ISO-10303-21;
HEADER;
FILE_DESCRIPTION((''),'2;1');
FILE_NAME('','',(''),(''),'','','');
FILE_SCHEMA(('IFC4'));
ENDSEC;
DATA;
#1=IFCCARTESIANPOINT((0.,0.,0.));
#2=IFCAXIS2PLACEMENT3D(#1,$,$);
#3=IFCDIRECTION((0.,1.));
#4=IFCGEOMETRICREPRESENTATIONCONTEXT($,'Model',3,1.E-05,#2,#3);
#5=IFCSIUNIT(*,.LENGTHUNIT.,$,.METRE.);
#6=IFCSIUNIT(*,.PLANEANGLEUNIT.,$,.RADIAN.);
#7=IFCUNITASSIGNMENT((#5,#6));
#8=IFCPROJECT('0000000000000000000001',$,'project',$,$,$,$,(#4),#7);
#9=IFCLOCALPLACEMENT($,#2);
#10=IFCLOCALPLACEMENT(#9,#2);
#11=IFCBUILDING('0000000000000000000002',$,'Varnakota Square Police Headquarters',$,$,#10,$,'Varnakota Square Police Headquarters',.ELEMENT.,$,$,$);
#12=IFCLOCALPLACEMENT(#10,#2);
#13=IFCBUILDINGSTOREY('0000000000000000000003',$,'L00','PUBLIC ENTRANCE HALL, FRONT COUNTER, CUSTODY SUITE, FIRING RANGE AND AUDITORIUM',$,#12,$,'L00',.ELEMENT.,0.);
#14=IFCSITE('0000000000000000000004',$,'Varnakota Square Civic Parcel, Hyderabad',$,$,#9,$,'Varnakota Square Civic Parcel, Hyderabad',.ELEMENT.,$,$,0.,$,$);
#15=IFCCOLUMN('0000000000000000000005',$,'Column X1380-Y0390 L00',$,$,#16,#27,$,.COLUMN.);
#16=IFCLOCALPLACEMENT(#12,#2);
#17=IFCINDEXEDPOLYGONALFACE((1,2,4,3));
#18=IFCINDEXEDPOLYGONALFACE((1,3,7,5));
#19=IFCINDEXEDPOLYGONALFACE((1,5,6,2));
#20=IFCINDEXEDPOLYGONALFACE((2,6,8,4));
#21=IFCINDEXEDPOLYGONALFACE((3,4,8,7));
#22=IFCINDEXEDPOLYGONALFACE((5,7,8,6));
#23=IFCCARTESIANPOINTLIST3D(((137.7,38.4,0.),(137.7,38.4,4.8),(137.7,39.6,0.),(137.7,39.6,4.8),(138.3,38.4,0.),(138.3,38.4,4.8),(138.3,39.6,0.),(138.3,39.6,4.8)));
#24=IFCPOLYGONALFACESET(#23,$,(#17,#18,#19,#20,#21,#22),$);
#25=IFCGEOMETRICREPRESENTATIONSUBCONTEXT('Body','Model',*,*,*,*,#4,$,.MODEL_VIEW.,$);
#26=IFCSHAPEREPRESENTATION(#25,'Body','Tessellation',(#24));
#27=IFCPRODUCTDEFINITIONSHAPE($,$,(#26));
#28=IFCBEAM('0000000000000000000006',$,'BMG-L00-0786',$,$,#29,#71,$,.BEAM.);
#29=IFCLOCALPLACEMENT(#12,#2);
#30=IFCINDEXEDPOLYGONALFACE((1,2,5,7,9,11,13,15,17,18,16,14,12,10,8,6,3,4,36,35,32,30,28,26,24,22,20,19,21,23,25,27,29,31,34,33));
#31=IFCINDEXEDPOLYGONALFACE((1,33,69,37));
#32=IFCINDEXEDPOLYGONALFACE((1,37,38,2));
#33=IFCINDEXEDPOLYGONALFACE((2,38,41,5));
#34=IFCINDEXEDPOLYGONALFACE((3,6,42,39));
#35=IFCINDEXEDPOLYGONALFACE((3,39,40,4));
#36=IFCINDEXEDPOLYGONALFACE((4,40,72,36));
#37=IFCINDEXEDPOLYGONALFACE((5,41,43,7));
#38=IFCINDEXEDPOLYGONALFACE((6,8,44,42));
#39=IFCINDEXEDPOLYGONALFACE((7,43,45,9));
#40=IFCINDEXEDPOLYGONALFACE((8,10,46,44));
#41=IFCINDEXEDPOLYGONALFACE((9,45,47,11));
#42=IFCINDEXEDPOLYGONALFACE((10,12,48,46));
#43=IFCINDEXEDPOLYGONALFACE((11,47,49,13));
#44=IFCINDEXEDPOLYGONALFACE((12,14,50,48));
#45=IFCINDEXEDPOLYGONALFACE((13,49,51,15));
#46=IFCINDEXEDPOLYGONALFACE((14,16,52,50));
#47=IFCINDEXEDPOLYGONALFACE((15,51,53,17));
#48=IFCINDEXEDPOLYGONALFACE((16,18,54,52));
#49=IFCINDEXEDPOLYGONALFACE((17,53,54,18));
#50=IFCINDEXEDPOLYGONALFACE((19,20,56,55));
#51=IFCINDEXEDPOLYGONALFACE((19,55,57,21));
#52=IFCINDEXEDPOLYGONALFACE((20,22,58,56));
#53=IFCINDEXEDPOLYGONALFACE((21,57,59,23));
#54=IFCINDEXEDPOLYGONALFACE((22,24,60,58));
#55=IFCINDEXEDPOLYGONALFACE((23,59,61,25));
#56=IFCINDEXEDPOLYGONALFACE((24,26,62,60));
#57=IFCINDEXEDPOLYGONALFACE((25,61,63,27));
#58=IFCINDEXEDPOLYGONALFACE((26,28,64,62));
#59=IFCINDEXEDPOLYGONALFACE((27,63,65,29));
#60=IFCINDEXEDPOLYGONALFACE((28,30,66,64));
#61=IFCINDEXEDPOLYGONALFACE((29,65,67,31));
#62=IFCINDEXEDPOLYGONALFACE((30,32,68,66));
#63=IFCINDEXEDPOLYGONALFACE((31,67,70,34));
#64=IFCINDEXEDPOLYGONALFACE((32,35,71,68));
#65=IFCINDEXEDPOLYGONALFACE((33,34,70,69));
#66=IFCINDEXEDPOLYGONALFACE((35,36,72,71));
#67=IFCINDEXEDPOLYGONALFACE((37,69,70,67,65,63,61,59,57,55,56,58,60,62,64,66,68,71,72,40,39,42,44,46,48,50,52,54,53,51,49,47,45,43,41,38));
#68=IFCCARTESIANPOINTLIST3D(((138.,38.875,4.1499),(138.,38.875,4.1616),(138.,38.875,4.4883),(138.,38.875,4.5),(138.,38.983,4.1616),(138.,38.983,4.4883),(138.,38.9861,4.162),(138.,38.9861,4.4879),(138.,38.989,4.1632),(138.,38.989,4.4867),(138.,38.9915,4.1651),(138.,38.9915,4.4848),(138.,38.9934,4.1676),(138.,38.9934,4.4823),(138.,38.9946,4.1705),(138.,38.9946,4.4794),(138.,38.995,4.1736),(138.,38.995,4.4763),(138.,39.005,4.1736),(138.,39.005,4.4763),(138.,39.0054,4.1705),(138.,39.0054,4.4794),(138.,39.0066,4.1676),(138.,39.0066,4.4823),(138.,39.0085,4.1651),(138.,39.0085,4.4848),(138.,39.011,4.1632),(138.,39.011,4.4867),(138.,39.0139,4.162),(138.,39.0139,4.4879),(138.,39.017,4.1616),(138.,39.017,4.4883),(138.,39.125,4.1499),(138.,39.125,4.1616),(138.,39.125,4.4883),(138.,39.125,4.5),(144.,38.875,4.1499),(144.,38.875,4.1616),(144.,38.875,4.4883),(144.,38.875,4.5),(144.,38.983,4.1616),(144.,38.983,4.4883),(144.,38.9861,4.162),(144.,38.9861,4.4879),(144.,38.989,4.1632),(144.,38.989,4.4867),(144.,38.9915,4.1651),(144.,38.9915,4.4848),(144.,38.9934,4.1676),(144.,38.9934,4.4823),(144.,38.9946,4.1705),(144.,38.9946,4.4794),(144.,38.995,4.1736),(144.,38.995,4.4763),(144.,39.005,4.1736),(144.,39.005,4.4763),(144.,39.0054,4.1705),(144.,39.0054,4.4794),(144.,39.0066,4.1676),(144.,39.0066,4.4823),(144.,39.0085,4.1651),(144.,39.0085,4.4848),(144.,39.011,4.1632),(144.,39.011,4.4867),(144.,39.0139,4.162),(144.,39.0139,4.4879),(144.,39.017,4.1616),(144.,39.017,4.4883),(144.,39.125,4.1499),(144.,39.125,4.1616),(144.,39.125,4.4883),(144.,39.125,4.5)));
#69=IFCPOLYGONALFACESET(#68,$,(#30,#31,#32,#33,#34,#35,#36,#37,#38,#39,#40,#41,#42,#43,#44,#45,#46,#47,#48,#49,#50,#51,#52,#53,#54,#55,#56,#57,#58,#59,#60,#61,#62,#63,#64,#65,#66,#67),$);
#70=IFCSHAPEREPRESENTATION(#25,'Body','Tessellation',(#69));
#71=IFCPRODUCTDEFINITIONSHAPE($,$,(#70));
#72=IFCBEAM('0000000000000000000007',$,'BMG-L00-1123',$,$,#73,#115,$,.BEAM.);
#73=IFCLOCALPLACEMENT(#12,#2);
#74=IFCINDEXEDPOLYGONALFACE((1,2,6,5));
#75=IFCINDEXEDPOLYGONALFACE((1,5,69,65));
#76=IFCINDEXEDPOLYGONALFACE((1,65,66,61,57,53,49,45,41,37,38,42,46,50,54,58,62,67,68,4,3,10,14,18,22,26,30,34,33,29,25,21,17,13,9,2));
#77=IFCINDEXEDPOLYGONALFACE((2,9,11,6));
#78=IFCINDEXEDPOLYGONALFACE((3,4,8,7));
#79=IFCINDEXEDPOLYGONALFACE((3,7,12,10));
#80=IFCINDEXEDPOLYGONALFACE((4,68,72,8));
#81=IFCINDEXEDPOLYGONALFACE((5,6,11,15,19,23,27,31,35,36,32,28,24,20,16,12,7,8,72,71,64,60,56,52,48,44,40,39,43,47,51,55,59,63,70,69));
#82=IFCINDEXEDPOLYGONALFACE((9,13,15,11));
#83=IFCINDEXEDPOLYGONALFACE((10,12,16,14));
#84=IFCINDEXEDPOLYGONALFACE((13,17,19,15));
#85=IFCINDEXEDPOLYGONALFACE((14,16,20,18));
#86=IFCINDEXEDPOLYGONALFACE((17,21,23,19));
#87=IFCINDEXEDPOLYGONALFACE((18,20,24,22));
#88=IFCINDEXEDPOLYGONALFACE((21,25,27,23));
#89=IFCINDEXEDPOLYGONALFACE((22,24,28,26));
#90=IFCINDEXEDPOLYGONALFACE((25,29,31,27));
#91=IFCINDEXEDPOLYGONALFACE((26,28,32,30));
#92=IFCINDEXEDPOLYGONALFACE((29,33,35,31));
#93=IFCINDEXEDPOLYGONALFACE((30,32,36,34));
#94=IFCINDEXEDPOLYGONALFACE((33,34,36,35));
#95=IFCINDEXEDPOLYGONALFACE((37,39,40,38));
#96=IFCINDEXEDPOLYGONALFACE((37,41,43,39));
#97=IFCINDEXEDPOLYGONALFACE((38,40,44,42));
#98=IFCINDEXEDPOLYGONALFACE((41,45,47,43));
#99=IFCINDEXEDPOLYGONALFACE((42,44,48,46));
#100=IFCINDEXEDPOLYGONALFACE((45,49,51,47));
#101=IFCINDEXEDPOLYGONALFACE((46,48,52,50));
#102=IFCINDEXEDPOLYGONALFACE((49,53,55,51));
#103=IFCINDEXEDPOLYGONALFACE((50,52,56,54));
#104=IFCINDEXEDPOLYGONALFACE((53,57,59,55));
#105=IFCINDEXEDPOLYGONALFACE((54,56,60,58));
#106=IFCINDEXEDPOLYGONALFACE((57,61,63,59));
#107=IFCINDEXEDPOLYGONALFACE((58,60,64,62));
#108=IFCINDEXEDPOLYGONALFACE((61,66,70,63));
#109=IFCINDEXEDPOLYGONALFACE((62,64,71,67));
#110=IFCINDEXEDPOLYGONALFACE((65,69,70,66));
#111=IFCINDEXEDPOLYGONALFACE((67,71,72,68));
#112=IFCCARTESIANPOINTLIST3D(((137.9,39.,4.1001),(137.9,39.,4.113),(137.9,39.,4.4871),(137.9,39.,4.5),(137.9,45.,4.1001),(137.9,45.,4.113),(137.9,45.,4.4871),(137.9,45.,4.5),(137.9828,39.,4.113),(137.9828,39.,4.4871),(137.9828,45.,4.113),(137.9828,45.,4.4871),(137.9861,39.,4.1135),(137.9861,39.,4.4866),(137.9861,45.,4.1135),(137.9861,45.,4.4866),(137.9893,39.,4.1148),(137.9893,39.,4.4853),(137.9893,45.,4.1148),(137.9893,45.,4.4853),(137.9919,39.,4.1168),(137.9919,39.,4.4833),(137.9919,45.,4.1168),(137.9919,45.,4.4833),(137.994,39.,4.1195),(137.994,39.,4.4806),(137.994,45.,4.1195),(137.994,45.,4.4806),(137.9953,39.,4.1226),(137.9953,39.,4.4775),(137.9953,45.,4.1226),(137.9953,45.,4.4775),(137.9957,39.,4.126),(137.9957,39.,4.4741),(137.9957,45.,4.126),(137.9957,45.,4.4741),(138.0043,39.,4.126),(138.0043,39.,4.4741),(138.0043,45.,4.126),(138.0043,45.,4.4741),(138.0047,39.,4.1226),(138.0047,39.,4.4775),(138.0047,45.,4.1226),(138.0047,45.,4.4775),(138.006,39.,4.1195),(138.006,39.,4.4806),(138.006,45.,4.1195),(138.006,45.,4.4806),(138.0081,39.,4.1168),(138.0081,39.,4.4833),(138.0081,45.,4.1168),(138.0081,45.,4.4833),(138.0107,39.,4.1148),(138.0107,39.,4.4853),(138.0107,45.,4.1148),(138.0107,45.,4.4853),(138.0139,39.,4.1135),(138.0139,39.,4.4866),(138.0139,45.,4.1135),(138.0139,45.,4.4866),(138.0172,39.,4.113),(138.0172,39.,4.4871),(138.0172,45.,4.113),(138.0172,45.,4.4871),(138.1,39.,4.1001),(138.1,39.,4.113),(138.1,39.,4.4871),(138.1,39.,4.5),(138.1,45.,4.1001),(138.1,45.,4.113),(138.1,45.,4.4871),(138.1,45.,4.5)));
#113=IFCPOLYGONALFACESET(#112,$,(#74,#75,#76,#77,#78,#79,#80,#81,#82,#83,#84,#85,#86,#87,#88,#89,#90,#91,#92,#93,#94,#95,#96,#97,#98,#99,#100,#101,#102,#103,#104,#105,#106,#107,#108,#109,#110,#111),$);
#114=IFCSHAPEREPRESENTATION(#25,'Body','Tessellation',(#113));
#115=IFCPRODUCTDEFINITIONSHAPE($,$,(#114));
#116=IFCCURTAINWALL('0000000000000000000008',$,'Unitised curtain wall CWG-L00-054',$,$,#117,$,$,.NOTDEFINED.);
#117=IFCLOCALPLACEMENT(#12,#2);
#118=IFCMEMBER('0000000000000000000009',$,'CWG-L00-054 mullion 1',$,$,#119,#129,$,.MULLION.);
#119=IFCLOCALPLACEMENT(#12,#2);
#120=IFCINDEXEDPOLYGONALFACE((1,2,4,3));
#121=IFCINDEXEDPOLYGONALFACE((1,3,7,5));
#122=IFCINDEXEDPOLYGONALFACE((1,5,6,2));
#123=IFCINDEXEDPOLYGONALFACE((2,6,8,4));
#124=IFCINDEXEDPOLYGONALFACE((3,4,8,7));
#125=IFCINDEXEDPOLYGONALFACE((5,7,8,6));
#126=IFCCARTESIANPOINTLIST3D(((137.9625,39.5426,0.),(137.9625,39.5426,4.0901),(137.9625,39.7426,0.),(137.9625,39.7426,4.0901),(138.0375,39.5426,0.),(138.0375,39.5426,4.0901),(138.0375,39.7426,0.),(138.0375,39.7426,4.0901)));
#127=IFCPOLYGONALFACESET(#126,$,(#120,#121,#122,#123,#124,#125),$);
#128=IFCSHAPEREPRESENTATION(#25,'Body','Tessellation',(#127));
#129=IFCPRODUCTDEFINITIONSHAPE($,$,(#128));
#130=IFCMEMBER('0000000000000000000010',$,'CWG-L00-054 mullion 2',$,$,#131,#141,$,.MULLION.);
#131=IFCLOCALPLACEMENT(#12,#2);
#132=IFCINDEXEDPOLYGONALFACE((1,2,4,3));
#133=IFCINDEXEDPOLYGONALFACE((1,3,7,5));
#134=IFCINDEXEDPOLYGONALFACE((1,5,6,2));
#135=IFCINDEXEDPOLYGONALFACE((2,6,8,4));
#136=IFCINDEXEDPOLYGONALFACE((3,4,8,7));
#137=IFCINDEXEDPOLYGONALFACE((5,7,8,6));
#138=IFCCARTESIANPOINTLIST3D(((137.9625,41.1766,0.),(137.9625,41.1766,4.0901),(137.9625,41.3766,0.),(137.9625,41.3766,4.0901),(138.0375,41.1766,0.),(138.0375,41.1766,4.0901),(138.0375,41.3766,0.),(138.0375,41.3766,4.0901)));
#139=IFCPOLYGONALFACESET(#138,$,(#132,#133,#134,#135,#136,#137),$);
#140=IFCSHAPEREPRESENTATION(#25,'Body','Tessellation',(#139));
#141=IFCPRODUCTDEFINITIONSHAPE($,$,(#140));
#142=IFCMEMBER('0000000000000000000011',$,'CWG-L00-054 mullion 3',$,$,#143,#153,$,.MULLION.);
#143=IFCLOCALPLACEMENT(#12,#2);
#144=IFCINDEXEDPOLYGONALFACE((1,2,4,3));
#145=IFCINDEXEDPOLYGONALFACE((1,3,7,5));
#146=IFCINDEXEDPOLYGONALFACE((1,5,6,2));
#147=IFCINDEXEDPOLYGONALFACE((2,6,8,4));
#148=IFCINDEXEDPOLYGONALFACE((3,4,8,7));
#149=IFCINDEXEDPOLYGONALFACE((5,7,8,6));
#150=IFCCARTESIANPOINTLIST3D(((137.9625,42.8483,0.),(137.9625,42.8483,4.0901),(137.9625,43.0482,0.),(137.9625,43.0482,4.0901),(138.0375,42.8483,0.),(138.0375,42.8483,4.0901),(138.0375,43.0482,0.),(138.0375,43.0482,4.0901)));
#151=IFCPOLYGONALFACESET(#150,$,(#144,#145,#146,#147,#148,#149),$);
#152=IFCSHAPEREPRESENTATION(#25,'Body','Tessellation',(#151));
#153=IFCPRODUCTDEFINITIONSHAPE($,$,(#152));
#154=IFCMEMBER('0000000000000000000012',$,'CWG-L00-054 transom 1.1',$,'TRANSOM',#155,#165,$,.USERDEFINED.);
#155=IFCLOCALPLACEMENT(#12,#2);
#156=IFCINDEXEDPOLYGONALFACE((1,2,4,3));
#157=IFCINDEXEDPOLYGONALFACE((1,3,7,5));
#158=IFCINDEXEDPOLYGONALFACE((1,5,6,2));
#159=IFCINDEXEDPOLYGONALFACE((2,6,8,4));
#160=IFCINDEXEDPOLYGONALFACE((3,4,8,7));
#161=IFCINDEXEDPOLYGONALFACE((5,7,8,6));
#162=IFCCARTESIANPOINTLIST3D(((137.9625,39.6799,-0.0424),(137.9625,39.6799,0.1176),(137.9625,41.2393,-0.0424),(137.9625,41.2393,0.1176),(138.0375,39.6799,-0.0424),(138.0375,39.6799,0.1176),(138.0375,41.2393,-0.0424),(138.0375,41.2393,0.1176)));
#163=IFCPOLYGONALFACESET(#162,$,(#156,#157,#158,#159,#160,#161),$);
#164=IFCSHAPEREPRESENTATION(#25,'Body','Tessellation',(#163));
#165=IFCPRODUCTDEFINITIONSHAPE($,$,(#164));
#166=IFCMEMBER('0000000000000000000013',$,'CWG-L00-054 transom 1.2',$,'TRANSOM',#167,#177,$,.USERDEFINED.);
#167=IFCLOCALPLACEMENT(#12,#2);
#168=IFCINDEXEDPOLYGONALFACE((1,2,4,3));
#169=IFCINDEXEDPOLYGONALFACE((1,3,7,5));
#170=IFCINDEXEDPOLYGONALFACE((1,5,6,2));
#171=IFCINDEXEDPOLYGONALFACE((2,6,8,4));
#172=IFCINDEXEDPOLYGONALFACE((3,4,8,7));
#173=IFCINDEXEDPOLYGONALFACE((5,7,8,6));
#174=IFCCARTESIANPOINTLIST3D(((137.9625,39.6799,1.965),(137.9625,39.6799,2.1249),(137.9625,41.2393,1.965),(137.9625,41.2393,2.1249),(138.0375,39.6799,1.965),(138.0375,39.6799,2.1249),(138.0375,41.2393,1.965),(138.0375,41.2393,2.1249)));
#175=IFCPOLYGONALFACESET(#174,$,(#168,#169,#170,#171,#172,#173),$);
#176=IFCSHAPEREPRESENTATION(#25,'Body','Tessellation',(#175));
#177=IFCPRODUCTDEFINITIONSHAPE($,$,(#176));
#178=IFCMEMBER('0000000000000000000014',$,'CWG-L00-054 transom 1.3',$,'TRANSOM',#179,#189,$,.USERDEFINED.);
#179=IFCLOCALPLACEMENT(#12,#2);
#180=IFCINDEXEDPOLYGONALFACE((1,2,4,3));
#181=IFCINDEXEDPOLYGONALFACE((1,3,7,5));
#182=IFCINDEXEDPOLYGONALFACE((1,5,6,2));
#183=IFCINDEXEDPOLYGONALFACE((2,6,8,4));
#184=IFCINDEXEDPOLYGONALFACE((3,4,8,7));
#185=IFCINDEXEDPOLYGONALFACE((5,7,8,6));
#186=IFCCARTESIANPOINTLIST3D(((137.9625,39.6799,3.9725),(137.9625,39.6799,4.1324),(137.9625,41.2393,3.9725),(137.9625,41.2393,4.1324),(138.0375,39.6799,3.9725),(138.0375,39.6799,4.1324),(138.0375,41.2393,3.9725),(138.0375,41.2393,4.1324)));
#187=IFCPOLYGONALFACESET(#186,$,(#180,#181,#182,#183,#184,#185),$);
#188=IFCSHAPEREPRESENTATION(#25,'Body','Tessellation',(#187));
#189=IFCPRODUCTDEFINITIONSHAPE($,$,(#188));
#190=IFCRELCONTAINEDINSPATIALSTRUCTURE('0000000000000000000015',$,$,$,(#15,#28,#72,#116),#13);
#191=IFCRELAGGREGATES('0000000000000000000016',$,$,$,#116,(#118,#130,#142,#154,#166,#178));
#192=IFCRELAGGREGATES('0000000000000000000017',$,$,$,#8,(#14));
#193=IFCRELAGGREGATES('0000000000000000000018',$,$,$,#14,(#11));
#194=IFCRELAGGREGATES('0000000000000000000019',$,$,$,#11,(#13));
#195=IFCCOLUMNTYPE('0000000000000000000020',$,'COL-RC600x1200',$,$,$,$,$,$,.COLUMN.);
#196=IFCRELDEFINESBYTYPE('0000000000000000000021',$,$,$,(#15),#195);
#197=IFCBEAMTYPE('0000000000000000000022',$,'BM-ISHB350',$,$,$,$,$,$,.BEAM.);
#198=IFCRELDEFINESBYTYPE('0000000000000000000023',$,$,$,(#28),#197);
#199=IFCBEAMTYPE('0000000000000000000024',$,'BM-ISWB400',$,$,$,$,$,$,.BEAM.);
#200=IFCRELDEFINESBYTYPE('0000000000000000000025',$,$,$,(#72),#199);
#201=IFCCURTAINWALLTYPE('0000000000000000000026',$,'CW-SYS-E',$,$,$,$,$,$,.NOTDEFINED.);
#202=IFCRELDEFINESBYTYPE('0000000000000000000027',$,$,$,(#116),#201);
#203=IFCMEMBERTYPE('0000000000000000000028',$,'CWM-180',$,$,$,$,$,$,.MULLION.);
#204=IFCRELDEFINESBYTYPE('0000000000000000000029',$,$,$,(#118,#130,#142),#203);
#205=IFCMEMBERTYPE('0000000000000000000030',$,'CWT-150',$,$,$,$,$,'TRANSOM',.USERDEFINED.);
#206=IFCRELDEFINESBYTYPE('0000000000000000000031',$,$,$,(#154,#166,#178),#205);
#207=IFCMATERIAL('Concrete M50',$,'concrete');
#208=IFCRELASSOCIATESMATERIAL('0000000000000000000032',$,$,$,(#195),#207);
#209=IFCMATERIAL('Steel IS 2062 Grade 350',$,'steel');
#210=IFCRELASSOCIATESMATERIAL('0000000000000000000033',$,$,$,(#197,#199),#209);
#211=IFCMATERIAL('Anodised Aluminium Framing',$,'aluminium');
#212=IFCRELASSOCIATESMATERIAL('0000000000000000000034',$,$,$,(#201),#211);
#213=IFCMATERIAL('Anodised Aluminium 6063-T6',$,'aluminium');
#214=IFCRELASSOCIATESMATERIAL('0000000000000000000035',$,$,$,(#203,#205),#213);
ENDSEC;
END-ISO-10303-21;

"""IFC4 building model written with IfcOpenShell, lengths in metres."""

from ifc_helpers import new_model, si_unit, direction, frame, origin, origin_2d, place, context, subcontext, project, spatial, rectangle, i_section, extrude, material, material_profile, profile_set, type_object, element, aggregate, save


model = new_model("IFC4")

# Units and contexts
model_context = context("Model", 3, precision=1e-05, world=origin(), true_north=direction((0.0, 1.0)))
body_context = subcontext(model_context, "Body", "Model", "MODEL_VIEW")
ifc_project = project(units=[si_unit("LENGTHUNIT", "METRE"), si_unit("PLANEANGLEUNIT", "RADIAN")], contexts=[model_context])

# Site, building, storey
site_placement = place(None, origin())
site = spatial("IfcSite", under=ifc_project, at=site_placement, Name="Varnakota Square Civic Parcel, Hyderabad", LongName="Varnakota Square Civic Parcel, Hyderabad", CompositionType="ELEMENT", RefElevation=0.0)
building_placement = place(site_placement, origin())
building = spatial("IfcBuilding", under=site, at=building_placement, Name="Varnakota Square Police Headquarters", LongName="Varnakota Square Police Headquarters", CompositionType="ELEMENT")
storey_placement = place(building_placement, origin())
storey = spatial("IfcBuildingStorey", under=building, at=storey_placement, Name="L00", Description="PUBLIC ENTRANCE HALL, FRONT COUNTER, CUSTODY SUITE, FIRING RANGE AND AUDITORIUM", LongName="L00", CompositionType="ELEMENT", Elevation=0.0)

# Column
ifc_material_1 = material(Name="Concrete M50", Category="concrete")
ifc_material_profile_1 = material_profile(ifc_material_1, rectangle(XDim=0.6001, YDim=1.2, at=origin_2d()), Name="RC 600x1200")
ifc_profile_set_1 = profile_set([ifc_material_profile_1], Name="Concrete M50")
column_type = type_object("IfcColumnType", Name="COL-RC600x1200", PredefinedType="COLUMN", material=ifc_profile_set_1)
column_placement = place(storey_placement, frame((138.0, 39.0, 0.0), z_axis=(0.0, 0.0, 1.0), x_axis=(1.0, 0.0, 0.0)))
element("IfcColumn", 1, at=column_placement, inside=storey, type_object=column_type, Name="Column X1380-Y0390 L00", PredefinedType="COLUMN", context=body_context, shape_type="SweptSolid", body=[
    extrude(rectangle(XDim=0.6001, YDim=1.2, at=origin_2d()), origin(), (0.0, 0.0, 1.0), 4.8),
])

# Beams
ifc_material_2 = material(Name="Steel IS 2062 Grade 350", Category="steel")
ifc_material_profile_2 = material_profile(ifc_material_2, i_section(OverallWidth=0.25, OverallDepth=0.3501, WebThickness=0.01, FlangeThickness=0.0117, FilletRadius=0.012, at=origin_2d()), Name="ISHB 350")
ifc_profile_set_2 = profile_set([ifc_material_profile_2], Name="Steel IS 2062 Grade 350")
beam_type_1 = type_object("IfcBeamType", Name="BM-ISHB350", PredefinedType="BEAM", material=ifc_profile_set_2)
beam_1_placement = place(storey_placement, frame((138.0, 39.0, 4.325), z_axis=(1.0, 0.0, 0.0), x_axis=(0.0, 1.0, 0.0)))
element("IfcBeam", 2, at=beam_1_placement, inside=storey, type_object=beam_type_1, Name="BMG-L00-0786", PredefinedType="BEAM", context=body_context, shape_type="SweptSolid", body=[
    extrude(i_section(OverallWidth=0.25, OverallDepth=0.3501, WebThickness=0.01, FlangeThickness=0.0117, FilletRadius=0.012, at=origin_2d()), origin(), (0.0, 0.0, 1.0), 6.0),
])
ifc_material_profile_3 = material_profile(ifc_material_2, i_section(OverallWidth=0.2, OverallDepth=0.3999, WebThickness=0.0085, FlangeThickness=0.0129, FilletRadius=0.0129, at=origin_2d()), Name="ISWB 400")
ifc_profile_set_3 = profile_set([ifc_material_profile_3], Name="Steel IS 2062 Grade 350")
beam_type_2 = type_object("IfcBeamType", Name="BM-ISWB400", PredefinedType="BEAM", material=ifc_profile_set_3)
beam_2_placement = place(storey_placement, frame((138.0, 39.0, 4.3), z_axis=(0.0, 1.0, 0.0), x_axis=(-1.0, 0.0, 0.0)))
element("IfcBeam", 3, at=beam_2_placement, inside=storey, type_object=beam_type_2, Name="BMG-L00-1123", PredefinedType="BEAM", context=body_context, shape_type="SweptSolid", body=[
    extrude(i_section(OverallWidth=0.2, OverallDepth=0.3999, WebThickness=0.0085, FlangeThickness=0.0129, FilletRadius=0.0129, at=origin_2d()), origin(), (0.0, 0.0, 1.0), 6.0),
])

# Curtain wall, members
ifc_material_3 = material(Name="Anodised Aluminium Framing", Category="aluminium")
curtain_wall_type = type_object("IfcCurtainWallType", Name="CW-SYS-E", PredefinedType="NOTDEFINED", material=ifc_material_3)
curtain_wall_placement = place(storey_placement, origin())
curtain_wall = element("IfcCurtainWall", 4, at=curtain_wall_placement, inside=storey, type_object=curtain_wall_type, Name="Unitised curtain wall CWG-L00-054", PredefinedType="NOTDEFINED")
ifc_material_4 = material(Name="Anodised Aluminium 6063-T6", Category="aluminium")
ifc_material_profile_4 = material_profile(ifc_material_4, rectangle(XDim=0.075, YDim=0.2, at=origin_2d()), Name="ALU MULLION 75x200")
ifc_profile_set_4 = profile_set([ifc_material_profile_4], Name="Anodised Aluminium 6063-T6")
member_type_1 = type_object("IfcMemberType", Name="CWM-180", PredefinedType="MULLION", material=ifc_profile_set_4)
member_1_placement = place(storey_placement, frame((138.0, 39.6426, 0.0), z_axis=(0.0, 0.0, 1.0), x_axis=(-1.0, 0.0, 0.0)))
member_1 = element("IfcMember", 5, at=member_1_placement, type_object=member_type_1, Name="CWG-L00-054 mullion 1", PredefinedType="MULLION", context=body_context, shape_type="SweptSolid", body=[
    extrude(rectangle(XDim=0.075, YDim=0.2, at=origin_2d()), origin(), (0.0, 0.0, 1.0), 4.0901),
])
member_2_placement = place(storey_placement, frame((138.0, 41.2766, 0.0), z_axis=(0.0, 0.0, 1.0), x_axis=(-1.0, 0.0, 0.0)))
member_2 = element("IfcMember", 6, at=member_2_placement, type_object=member_type_1, Name="CWG-L00-054 mullion 2", PredefinedType="MULLION", context=body_context, shape_type="SweptSolid", body=[
    extrude(rectangle(XDim=0.075, YDim=0.2, at=origin_2d()), origin(), (0.0, 0.0, 1.0), 4.0901),
])
member_3_placement = place(storey_placement, frame((138.0, 42.9482, 0.0), z_axis=(0.0, 0.0, 1.0), x_axis=(-1.0, 0.0, 0.0)))
member_3 = element("IfcMember", 7, at=member_3_placement, type_object=member_type_1, Name="CWG-L00-054 mullion 3", PredefinedType="MULLION", context=body_context, shape_type="SweptSolid", body=[
    extrude(rectangle(XDim=0.075, YDim=0.2, at=origin_2d()), origin(), (0.0, 0.0, 1.0), 4.0901),
])
ifc_material_profile_5 = material_profile(ifc_material_4, rectangle(XDim=0.075, YDim=0.1599, at=origin_2d()), Name="ALU TRANSOM 75x160")
ifc_profile_set_5 = profile_set([ifc_material_profile_5], Name="Anodised Aluminium 6063-T6")
member_type_2 = type_object("IfcMemberType", Name="CWT-150", ElementType="TRANSOM", PredefinedType="USERDEFINED", material=ifc_profile_set_5)
member_4_placement = place(storey_placement, frame((138.0, 39.6799, 0.0376), z_axis=(0.0, 1.0, 0.0), x_axis=(-1.0, 0.0, 0.0)))
member_4 = element("IfcMember", 8, at=member_4_placement, type_object=member_type_2, Name="CWG-L00-054 transom 1.1", ObjectType="TRANSOM", PredefinedType="USERDEFINED", context=body_context, shape_type="SweptSolid", body=[
    extrude(rectangle(XDim=0.075, YDim=0.1599, at=origin_2d()), origin(), (0.0, 0.0, 1.0), 1.5593),
])
member_5_placement = place(storey_placement, frame((138.0, 39.6799, 2.0449), z_axis=(0.0, 1.0, 0.0), x_axis=(-1.0, 0.0, 0.0)))
member_5 = element("IfcMember", 9, at=member_5_placement, type_object=member_type_2, Name="CWG-L00-054 transom 1.2", ObjectType="TRANSOM", PredefinedType="USERDEFINED", context=body_context, shape_type="SweptSolid", body=[
    extrude(rectangle(XDim=0.075, YDim=0.1599, at=origin_2d()), origin(), (0.0, 0.0, 1.0), 1.5593),
])
member_6_placement = place(storey_placement, frame((138.0, 39.6799, 4.0525), z_axis=(0.0, 1.0, 0.0), x_axis=(-1.0, 0.0, 0.0)))
member_6 = element("IfcMember", 10, at=member_6_placement, type_object=member_type_2, Name="CWG-L00-054 transom 1.3", ObjectType="TRANSOM", PredefinedType="USERDEFINED", context=body_context, shape_type="SweptSolid", body=[
    extrude(rectangle(XDim=0.075, YDim=0.1599, at=origin_2d()), origin(), (0.0, 0.0, 1.0), 1.5593),
])
aggregate(curtain_wall, [member_1, member_2, member_3, member_4, member_5, member_6])

save(model, "model.ifc")
